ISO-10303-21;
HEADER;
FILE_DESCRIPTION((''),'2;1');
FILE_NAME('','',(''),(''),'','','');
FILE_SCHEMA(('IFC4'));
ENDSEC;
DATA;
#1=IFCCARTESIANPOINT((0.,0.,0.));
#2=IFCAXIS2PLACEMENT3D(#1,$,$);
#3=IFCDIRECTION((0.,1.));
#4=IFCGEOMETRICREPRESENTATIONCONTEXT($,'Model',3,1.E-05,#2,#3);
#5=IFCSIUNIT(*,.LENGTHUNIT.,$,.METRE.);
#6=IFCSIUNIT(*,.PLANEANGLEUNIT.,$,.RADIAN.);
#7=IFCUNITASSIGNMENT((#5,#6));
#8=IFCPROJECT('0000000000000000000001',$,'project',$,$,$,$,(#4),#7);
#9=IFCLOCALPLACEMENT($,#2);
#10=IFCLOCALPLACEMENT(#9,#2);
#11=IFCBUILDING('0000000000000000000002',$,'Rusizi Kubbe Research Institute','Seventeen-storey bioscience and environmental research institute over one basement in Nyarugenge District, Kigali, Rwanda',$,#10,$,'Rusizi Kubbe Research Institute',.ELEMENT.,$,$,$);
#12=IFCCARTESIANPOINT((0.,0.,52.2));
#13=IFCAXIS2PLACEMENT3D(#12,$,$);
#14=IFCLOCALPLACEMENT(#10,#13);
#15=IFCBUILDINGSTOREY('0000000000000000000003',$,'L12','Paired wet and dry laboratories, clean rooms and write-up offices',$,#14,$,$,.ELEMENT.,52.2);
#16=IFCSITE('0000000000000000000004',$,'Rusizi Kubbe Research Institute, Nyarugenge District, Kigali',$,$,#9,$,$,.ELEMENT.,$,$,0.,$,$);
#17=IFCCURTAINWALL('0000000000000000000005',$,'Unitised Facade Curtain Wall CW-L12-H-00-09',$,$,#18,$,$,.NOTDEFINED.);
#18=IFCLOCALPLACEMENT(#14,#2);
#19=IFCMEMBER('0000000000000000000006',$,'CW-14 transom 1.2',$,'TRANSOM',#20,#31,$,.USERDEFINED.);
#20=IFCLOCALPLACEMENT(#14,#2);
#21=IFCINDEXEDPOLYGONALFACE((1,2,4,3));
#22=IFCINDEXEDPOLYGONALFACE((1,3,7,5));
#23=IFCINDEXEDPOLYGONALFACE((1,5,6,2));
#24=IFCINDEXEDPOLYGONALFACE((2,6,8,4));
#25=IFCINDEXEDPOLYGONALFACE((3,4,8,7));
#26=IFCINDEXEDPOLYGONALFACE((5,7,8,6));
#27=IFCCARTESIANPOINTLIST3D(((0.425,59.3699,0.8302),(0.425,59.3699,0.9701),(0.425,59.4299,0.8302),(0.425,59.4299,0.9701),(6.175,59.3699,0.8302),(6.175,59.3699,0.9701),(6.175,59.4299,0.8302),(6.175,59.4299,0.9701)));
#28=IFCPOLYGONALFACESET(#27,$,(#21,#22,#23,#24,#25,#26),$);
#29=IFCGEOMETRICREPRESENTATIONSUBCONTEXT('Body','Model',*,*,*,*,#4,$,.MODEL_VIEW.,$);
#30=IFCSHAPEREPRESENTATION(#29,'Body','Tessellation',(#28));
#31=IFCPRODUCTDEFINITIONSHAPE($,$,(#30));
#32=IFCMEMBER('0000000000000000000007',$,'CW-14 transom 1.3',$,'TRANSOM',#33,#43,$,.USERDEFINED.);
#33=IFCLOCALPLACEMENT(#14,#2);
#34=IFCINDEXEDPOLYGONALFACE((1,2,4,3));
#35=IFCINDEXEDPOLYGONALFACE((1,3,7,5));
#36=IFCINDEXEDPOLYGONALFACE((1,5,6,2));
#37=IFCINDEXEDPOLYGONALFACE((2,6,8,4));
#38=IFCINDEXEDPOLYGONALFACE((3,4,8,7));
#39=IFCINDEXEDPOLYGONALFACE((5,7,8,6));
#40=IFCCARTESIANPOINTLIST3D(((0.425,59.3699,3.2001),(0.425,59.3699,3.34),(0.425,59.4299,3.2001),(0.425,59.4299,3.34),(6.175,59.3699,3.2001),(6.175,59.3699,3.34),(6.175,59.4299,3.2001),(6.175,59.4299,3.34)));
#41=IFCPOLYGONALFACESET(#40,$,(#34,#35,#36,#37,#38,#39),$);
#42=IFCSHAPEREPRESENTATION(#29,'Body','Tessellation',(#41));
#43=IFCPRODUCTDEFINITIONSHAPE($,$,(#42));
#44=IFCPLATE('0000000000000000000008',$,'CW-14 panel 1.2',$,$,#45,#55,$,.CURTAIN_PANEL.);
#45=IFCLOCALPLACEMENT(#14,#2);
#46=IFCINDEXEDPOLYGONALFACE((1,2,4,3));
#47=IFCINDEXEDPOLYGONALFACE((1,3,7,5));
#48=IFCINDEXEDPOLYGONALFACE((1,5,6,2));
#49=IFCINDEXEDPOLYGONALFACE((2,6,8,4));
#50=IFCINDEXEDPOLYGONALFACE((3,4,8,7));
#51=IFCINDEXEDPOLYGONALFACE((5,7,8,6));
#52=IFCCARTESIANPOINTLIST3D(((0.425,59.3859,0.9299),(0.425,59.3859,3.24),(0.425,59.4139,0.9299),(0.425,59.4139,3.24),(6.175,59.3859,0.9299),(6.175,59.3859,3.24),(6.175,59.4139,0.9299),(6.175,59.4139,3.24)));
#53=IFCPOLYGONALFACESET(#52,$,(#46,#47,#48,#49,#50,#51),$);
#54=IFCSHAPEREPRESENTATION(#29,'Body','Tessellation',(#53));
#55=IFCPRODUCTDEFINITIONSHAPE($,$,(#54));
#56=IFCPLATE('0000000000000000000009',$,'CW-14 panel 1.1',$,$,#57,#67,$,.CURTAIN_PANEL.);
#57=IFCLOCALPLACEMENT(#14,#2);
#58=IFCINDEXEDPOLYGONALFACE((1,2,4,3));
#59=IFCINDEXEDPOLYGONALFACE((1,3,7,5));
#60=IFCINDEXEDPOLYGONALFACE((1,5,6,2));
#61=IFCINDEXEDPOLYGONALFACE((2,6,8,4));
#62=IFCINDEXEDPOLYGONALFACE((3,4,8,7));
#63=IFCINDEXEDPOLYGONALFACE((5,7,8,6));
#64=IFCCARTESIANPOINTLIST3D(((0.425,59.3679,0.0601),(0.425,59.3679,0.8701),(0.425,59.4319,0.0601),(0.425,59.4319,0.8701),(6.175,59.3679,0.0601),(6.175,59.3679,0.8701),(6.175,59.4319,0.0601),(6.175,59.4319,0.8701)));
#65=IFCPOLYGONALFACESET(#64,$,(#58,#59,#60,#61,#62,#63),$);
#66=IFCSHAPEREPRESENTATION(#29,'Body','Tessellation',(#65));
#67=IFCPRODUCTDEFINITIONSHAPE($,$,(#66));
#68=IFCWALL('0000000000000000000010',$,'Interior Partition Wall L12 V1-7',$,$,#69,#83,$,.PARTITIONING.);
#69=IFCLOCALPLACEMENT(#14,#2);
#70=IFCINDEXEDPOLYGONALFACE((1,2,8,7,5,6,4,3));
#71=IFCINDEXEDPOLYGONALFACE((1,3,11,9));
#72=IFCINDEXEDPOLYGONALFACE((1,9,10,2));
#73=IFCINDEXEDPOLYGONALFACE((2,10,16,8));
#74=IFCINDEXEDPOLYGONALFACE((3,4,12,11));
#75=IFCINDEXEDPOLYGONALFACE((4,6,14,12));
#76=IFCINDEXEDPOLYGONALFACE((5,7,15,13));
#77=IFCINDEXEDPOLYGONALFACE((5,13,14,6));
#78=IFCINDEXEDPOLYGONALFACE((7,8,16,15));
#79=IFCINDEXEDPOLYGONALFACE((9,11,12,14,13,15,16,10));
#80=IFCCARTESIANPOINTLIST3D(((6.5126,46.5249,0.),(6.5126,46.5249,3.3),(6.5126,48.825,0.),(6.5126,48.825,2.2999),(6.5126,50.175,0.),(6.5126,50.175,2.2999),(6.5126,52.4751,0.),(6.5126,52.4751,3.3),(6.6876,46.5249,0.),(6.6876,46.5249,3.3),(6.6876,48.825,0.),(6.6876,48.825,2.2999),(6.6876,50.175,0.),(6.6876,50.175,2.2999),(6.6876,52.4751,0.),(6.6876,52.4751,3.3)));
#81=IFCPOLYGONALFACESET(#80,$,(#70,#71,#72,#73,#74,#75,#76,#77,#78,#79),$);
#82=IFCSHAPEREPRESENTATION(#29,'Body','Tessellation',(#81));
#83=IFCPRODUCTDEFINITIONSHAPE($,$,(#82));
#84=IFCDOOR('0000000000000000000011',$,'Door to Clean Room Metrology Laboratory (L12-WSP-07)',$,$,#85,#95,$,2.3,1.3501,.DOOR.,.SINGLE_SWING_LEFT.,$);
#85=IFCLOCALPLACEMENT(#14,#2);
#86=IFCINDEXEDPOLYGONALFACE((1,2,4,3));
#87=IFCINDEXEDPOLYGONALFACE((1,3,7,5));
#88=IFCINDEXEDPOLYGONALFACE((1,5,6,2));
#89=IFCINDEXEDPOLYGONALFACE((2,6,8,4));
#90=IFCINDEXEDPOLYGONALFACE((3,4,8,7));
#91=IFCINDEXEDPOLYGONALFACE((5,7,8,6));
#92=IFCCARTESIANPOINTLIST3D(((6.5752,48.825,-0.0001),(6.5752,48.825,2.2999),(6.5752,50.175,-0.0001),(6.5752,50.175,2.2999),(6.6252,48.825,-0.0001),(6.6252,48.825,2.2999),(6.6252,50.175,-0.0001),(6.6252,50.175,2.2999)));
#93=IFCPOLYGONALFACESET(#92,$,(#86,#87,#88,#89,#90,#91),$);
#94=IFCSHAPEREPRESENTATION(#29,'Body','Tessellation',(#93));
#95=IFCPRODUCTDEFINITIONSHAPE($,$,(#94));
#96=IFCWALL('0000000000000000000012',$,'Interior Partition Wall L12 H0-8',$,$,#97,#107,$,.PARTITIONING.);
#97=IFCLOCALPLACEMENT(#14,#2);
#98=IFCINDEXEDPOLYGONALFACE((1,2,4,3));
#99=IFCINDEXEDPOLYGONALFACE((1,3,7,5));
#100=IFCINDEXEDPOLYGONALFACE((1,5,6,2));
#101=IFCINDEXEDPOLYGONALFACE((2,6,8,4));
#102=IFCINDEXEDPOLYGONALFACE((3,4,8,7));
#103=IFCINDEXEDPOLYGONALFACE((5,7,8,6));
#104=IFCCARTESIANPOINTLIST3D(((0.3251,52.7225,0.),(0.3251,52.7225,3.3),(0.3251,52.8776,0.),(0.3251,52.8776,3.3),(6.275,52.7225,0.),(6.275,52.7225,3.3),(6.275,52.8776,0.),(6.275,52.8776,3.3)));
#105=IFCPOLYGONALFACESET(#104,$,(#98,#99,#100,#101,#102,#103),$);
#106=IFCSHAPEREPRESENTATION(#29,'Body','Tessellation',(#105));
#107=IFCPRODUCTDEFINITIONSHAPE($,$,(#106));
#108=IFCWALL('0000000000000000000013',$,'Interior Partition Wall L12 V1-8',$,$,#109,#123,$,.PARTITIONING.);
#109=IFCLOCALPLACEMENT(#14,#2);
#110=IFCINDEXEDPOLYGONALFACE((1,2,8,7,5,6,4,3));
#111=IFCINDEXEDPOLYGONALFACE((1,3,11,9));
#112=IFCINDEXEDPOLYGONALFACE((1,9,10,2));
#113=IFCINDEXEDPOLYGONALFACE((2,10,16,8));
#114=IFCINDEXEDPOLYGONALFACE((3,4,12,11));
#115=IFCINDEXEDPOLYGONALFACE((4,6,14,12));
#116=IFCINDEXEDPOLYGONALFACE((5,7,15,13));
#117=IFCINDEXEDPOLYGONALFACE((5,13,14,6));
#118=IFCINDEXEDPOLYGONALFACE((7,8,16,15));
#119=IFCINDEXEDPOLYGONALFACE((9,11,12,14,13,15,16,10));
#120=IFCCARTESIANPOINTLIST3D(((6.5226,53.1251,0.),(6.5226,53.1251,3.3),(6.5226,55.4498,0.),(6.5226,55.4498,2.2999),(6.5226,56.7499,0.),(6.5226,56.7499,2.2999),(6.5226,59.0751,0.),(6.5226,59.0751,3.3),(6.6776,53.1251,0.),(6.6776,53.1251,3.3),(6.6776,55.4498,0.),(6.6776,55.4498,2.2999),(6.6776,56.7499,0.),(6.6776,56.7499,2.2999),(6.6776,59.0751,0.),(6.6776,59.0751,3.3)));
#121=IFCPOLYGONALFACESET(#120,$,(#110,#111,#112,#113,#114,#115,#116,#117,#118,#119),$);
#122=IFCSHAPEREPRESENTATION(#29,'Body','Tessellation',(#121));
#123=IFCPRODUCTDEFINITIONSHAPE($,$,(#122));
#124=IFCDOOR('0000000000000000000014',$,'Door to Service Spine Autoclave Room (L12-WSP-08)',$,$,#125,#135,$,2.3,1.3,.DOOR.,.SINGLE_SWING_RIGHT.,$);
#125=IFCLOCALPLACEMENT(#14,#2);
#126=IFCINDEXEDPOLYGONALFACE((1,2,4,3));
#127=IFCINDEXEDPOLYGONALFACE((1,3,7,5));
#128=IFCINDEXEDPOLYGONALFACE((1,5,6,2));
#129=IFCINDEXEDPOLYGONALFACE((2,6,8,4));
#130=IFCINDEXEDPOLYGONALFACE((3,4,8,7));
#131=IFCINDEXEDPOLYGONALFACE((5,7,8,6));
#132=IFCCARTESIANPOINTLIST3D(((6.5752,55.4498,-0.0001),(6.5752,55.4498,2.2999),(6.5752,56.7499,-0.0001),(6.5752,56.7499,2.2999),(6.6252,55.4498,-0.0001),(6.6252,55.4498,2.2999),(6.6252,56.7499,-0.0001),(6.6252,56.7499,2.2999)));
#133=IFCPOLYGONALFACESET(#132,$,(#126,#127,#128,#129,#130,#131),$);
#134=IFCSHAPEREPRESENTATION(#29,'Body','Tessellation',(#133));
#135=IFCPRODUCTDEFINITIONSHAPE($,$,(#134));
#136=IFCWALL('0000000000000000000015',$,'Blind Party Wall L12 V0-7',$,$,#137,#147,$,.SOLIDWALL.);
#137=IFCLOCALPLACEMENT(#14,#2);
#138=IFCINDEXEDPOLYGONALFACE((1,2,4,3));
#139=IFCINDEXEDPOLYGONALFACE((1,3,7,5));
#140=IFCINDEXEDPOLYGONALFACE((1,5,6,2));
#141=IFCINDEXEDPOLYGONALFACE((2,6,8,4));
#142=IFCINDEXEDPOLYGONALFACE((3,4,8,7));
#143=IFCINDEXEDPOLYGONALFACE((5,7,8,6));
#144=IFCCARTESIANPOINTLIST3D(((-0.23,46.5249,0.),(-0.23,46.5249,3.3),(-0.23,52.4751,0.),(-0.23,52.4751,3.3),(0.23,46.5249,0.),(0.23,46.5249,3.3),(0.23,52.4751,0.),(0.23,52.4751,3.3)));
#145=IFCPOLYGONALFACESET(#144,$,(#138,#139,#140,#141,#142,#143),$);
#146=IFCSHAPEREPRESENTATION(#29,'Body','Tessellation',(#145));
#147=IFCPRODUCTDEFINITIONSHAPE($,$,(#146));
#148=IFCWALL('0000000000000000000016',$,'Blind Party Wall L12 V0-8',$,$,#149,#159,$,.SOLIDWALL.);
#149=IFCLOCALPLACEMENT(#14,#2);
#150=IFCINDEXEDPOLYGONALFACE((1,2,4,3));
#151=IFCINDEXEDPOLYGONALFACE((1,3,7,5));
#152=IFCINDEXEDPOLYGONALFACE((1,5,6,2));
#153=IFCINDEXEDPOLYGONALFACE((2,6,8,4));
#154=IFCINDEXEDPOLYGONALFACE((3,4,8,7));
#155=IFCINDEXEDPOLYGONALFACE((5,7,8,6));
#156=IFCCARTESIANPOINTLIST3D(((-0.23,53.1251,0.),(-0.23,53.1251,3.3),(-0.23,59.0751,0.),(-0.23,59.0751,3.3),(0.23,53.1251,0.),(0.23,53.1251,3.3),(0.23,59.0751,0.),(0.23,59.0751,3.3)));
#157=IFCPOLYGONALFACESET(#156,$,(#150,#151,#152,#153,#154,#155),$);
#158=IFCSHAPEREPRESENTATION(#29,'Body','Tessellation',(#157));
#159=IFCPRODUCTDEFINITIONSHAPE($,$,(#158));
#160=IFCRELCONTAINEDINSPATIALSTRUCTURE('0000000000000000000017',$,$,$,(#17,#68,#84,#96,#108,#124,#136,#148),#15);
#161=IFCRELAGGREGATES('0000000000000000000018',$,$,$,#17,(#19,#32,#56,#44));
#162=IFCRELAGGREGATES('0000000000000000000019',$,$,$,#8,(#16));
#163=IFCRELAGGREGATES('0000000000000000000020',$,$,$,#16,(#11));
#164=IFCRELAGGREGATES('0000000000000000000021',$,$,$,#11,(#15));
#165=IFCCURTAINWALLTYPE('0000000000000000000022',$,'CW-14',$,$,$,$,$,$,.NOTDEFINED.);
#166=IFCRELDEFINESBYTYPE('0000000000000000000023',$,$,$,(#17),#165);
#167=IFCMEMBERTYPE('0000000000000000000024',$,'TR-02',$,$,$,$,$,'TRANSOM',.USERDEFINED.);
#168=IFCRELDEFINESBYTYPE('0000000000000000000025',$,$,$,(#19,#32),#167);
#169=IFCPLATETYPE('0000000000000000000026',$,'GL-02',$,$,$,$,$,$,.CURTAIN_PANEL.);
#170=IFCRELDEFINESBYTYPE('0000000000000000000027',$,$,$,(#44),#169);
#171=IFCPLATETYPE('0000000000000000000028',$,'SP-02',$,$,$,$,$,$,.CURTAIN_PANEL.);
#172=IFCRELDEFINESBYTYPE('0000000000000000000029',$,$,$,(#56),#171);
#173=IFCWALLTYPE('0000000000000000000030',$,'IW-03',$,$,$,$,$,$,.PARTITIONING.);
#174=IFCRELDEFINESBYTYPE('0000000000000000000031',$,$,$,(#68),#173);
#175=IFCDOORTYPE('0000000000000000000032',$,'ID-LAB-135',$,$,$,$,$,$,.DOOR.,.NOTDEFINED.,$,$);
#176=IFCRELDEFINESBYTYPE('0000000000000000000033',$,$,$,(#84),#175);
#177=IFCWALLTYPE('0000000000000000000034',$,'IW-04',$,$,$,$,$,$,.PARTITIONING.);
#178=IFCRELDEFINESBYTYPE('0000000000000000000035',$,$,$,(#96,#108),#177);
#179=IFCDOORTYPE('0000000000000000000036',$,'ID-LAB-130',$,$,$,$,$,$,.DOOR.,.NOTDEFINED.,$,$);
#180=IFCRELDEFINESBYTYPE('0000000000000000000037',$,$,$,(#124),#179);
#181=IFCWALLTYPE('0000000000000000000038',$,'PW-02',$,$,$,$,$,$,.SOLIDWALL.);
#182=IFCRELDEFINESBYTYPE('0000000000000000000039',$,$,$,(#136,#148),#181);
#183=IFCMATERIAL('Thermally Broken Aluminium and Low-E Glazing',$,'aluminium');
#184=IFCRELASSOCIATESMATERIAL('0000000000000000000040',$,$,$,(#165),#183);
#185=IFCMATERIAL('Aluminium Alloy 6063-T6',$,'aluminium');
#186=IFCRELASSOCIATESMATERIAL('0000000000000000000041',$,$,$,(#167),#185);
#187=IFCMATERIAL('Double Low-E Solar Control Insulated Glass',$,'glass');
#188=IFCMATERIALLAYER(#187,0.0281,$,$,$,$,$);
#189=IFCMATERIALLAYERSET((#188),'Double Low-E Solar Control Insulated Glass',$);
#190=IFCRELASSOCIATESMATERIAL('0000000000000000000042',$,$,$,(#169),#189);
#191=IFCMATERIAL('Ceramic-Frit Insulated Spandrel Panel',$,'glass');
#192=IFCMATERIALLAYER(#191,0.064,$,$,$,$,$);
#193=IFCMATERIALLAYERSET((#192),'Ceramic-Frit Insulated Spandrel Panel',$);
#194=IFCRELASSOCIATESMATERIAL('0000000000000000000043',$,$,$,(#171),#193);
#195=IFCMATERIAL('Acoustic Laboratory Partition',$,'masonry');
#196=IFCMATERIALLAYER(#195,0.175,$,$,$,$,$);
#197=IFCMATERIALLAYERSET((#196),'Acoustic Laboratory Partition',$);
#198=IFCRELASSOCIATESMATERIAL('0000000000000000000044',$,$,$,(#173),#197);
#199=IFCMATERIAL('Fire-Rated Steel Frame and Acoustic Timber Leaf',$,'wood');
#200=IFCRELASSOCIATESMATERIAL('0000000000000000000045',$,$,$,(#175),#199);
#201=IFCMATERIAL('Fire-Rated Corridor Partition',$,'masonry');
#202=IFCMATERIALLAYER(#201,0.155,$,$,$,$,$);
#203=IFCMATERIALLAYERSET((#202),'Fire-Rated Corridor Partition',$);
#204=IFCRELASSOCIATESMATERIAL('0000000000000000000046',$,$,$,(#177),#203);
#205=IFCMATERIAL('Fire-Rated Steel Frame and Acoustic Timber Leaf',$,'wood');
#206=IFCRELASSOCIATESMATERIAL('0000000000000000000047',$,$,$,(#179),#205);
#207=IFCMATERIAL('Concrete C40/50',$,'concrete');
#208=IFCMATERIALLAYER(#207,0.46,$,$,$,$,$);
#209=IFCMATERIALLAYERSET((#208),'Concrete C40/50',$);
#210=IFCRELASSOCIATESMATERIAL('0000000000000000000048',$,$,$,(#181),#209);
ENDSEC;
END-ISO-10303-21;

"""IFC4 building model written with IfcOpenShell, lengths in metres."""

from ifc_helpers import new_model, si_unit, direction, frame, frame_2d, origin, origin_2d, place, context, subcontext, project, spatial, rectangle, extrude, material, layer, layer_set, material_profile, profile_set, type_object, element, fill, aggregate, save


model = new_model("IFC4")

# Units and contexts
model_context = context("Model", 3, precision=1e-05, world=origin(), true_north=direction((0.0, 1.0)))
body_context = subcontext(model_context, "Body", "Model", "MODEL_VIEW")
ifc_project = project(units=[si_unit("LENGTHUNIT", "METRE"), si_unit("PLANEANGLEUNIT", "RADIAN")], contexts=[model_context])

# Site, building, storey
site_placement = place(None, origin())
site = spatial("IfcSite", under=ifc_project, at=site_placement, Name="Rusizi Kubbe Research Institute, Nyarugenge District, Kigali", CompositionType="ELEMENT", RefElevation=0.0)
building_placement = place(site_placement, origin())
building = spatial("IfcBuilding", under=site, at=building_placement, Name="Rusizi Kubbe Research Institute", Description="Seventeen-storey bioscience and environmental research institute over one basement in Nyarugenge District, Kigali, Rwanda", LongName="Rusizi Kubbe Research Institute", CompositionType="ELEMENT")
storey_placement = place(building_placement, frame((0.0, 0.0, 52.2)))
storey = spatial("IfcBuildingStorey", under=building, at=storey_placement, Name="L12", Description="Paired wet and dry laboratories, clean rooms and write-up offices", CompositionType="ELEMENT", Elevation=52.2)

# Curtain wall, members, plates
ifc_material_1 = material(Name="Thermally Broken Aluminium and Low-E Glazing", Category="aluminium")
curtain_wall_type = type_object("IfcCurtainWallType", Name="CW-14", PredefinedType="NOTDEFINED", material=ifc_material_1)
curtain_wall_placement = place(storey_placement, origin())
curtain_wall = element("IfcCurtainWall", 1, at=curtain_wall_placement, inside=storey, type_object=curtain_wall_type, Name="Unitised Facade Curtain Wall CW-L12-H-00-09", PredefinedType="NOTDEFINED")
ifc_material_2 = material(Name="Aluminium Alloy 6063-T6", Category="aluminium")
ifc_material_profile_1 = material_profile(ifc_material_2, rectangle(XDim=0.0601, YDim=0.1399, at=origin_2d()), Name="ALU-T 60x140")
ifc_profile_set_1 = profile_set([ifc_material_profile_1], Name="Aluminium Alloy 6063-T6")
member_type_1 = type_object("IfcMemberType", Name="TR-02", ElementType="TRANSOM", PredefinedType="USERDEFINED", material=ifc_profile_set_1)
member_1_placement = place(storey_placement, frame((0.425, 59.3999, 0.9001), z_axis=(1.0, 0.0, 0.0), x_axis=(0.0, 1.0, 0.0)))
member_1 = element("IfcMember", 2, at=member_1_placement, type_object=member_type_1, Name="CW-14 transom 1.2", ObjectType="TRANSOM", PredefinedType="USERDEFINED", context=body_context, shape_type="SweptSolid", body=[
    extrude(rectangle(XDim=0.0601, YDim=0.1399, at=origin_2d()), origin(), (0.0, 0.0, 1.0), 5.75),
])
member_2_placement = place(storey_placement, frame((0.425, 59.3999, 3.27), z_axis=(1.0, 0.0, 0.0), x_axis=(0.0, 1.0, 0.0)))
member_2 = element("IfcMember", 3, at=member_2_placement, type_object=member_type_1, Name="CW-14 transom 1.3", ObjectType="TRANSOM", PredefinedType="USERDEFINED", context=body_context, shape_type="SweptSolid", body=[
    extrude(rectangle(XDim=0.0601, YDim=0.1399, at=origin_2d()), origin(), (0.0, 0.0, 1.0), 5.75),
])
ifc_material_3 = material(Name="Double Low-E Solar Control Insulated Glass", Category="glass")
ifc_layer_1 = layer(ifc_material_3, 0.0281)
ifc_layer_set_1 = layer_set([ifc_layer_1], Name="Double Low-E Solar Control Insulated Glass")
plate_type_1 = type_object("IfcPlateType", Name="GL-02", PredefinedType="CURTAIN_PANEL", material=ifc_layer_set_1)
plate_1_placement = place(storey_placement, frame((3.3, 59.3999, 0.9299), z_axis=(0.0, 0.0, 1.0), x_axis=(1.0, 0.0, 0.0)))
plate_1 = element("IfcPlate", 4, at=plate_1_placement, type_object=plate_type_1, Name="CW-14 panel 1.2", PredefinedType="CURTAIN_PANEL", context=body_context, shape_type="SweptSolid", body=[
    extrude(rectangle(XDim=5.75, YDim=0.0281, at=origin_2d()), origin(), (0.0, 0.0, 1.0), 2.3101),
])
ifc_material_4 = material(Name="Ceramic-Frit Insulated Spandrel Panel", Category="glass")
ifc_layer_2 = layer(ifc_material_4, 0.064)
ifc_layer_set_2 = layer_set([ifc_layer_2], Name="Ceramic-Frit Insulated Spandrel Panel")
plate_type_2 = type_object("IfcPlateType", Name="SP-02", PredefinedType="CURTAIN_PANEL", material=ifc_layer_set_2)
plate_2_placement = place(storey_placement, frame((3.3, 59.3999, 0.0601), z_axis=(0.0, 0.0, 1.0), x_axis=(1.0, 0.0, 0.0)))
plate_2 = element("IfcPlate", 5, at=plate_2_placement, type_object=plate_type_2, Name="CW-14 panel 1.1", PredefinedType="CURTAIN_PANEL", context=body_context, shape_type="SweptSolid", body=[
    extrude(rectangle(XDim=5.75, YDim=0.064, at=origin_2d()), origin(), (0.0, 0.0, 1.0), 0.8101),
])
aggregate(curtain_wall, [member_1, member_2, plate_2, plate_1])

# Wall, opening, door
ifc_material_5 = material(Name="Acoustic Laboratory Partition", Category="masonry")
ifc_layer_3 = layer(ifc_material_5, 0.175)
ifc_layer_set_3 = layer_set([ifc_layer_3], Name="Acoustic Laboratory Partition")
wall_type_1 = type_object("IfcWallType", Name="IW-03", PredefinedType="PARTITIONING", material=ifc_layer_set_3)
wall_1_placement = place(storey_placement, frame((6.6001, 46.5249, 0.0), z_axis=(0.0, 0.0, 1.0), x_axis=(0.0, 1.0, 0.0)))
wall_1 = element("IfcWall", 6, at=wall_1_placement, inside=storey, type_object=wall_type_1, Name="Interior Partition Wall L12 V1-7", PredefinedType="PARTITIONING", context=body_context, shape_type="SweptSolid", body=[
    extrude(rectangle(XDim=5.9502, YDim=0.175, at=frame_2d((2.9751, 0.0))), origin(), (0.0, 0.0, 1.0), 3.3),
])
opening_1_placement = place(wall_1_placement, frame((2.3, 0.0, 0.0)))
opening_1 = element("IfcOpeningElement", 7, at=opening_1_placement, cuts=wall_1, PredefinedType="OPENING", context=body_context, shape_type="SweptSolid", body=[
    extrude(rectangle(XDim=1.3501, YDim=2.3, at=frame_2d((0.675, 1.1499))), frame((0.0, 0.0974, 0.0), z_axis=(0.0, -1.0, 0.0), x_axis=(1.0, 0.0, 0.0)), (0.0, 0.0, 1.0), 0.1951),
])
ifc_material_6 = material(Name="Fire-Rated Steel Frame and Acoustic Timber Leaf", Category="wood")
door_type_1 = type_object("IfcDoorType", Name="ID-LAB-135", OperationType="NOTDEFINED", PredefinedType="DOOR", material=ifc_material_6)
door_1_placement = place(opening_1_placement, origin())
door_1 = element("IfcDoor", 8, at=door_1_placement, inside=storey, type_object=door_type_1, Name="Door to Clean Room Metrology Laboratory (L12-WSP-07)", OperationType="SINGLE_SWING_LEFT", OverallHeight=2.3, OverallWidth=1.3501, PredefinedType="DOOR", context=body_context, shape_type="SweptSolid", body=[
    extrude(rectangle(XDim=1.3501, YDim=2.3, at=frame_2d((0.675, 1.1499))), frame((0.0, 0.0249, 0.0), z_axis=(0.0, -1.0, 0.0), x_axis=(1.0, 0.0, 0.0)), (0.0, 0.0, 1.0), 0.05),
])
fill(opening_1, door_1)

# Wall
ifc_material_7 = material(Name="Fire-Rated Corridor Partition", Category="masonry")
ifc_layer_4 = layer(ifc_material_7, 0.155)
ifc_layer_set_4 = layer_set([ifc_layer_4], Name="Fire-Rated Corridor Partition")
wall_type_2 = type_object("IfcWallType", Name="IW-04", PredefinedType="PARTITIONING", material=ifc_layer_set_4)
wall_2_placement = place(storey_placement, frame((0.325, 52.8, 0.0), z_axis=(0.0, 0.0, 1.0), x_axis=(1.0, 0.0, 0.0)))
element("IfcWall", 9, at=wall_2_placement, inside=storey, type_object=wall_type_2, Name="Interior Partition Wall L12 H0-8", PredefinedType="PARTITIONING", context=body_context, shape_type="SweptSolid", body=[
    extrude(rectangle(XDim=5.95, YDim=0.155, at=frame_2d((2.9751, 0.0))), origin(), (0.0, 0.0, 1.0), 3.3),
])

# Wall, opening, door
wall_3_placement = place(storey_placement, frame((6.6001, 53.125, 0.0), z_axis=(0.0, 0.0, 1.0), x_axis=(0.0, 1.0, 0.0)))
wall_3 = element("IfcWall", 10, at=wall_3_placement, inside=storey, type_object=wall_type_2, Name="Interior Partition Wall L12 V1-8", PredefinedType="PARTITIONING", context=body_context, shape_type="SweptSolid", body=[
    extrude(rectangle(XDim=5.95, YDim=0.155, at=frame_2d((2.9751, 0.0))), origin(), (0.0, 0.0, 1.0), 3.3),
])
opening_2_placement = place(wall_3_placement, frame((2.325, 0.0, 0.0)))
opening_2 = element("IfcOpeningElement", 11, at=opening_2_placement, cuts=wall_3, PredefinedType="OPENING", context=body_context, shape_type="SweptSolid", body=[
    extrude(rectangle(XDim=1.3, YDim=2.3, at=frame_2d((0.6499, 1.1499))), frame((0.0, 0.0874, 0.0), z_axis=(0.0, -1.0, 0.0), x_axis=(1.0, 0.0, 0.0)), (0.0, 0.0, 1.0), 0.175),
])
ifc_material_8 = material(Name="Fire-Rated Steel Frame and Acoustic Timber Leaf", Category="wood")
door_type_2 = type_object("IfcDoorType", Name="ID-LAB-130", OperationType="NOTDEFINED", PredefinedType="DOOR", material=ifc_material_8)
door_2_placement = place(opening_2_placement, origin())
door_2 = element("IfcDoor", 12, at=door_2_placement, inside=storey, type_object=door_type_2, Name="Door to Service Spine Autoclave Room (L12-WSP-08)", OperationType="SINGLE_SWING_RIGHT", OverallHeight=2.3, OverallWidth=1.3, PredefinedType="DOOR", context=body_context, shape_type="SweptSolid", body=[
    extrude(rectangle(XDim=1.3, YDim=2.3, at=frame_2d((0.6499, 1.1499))), frame((0.0, 0.0249, 0.0), z_axis=(0.0, -1.0, 0.0), x_axis=(1.0, 0.0, 0.0)), (0.0, 0.0, 1.0), 0.05),
])
fill(opening_2, door_2)

# Walls
ifc_material_9 = material(Name="Concrete C40/50", Category="concrete")
ifc_layer_5 = layer(ifc_material_9, 0.46)
ifc_layer_set_5 = layer_set([ifc_layer_5], Name="Concrete C40/50")
wall_type_3 = type_object("IfcWallType", Name="PW-02", PredefinedType="SOLIDWALL", material=ifc_layer_set_5)
wall_4_placement = place(storey_placement, frame((0.0, 46.5249, 0.0), z_axis=(0.0, 0.0, 1.0), x_axis=(0.0, 1.0, 0.0)))
element("IfcWall", 13, at=wall_4_placement, inside=storey, type_object=wall_type_3, Name="Blind Party Wall L12 V0-7", PredefinedType="SOLIDWALL", context=body_context, shape_type="SweptSolid", body=[
    extrude(rectangle(XDim=5.9502, YDim=0.46, at=frame_2d((2.9751, 0.0))), origin(), (0.0, 0.0, 1.0), 3.3),
])
wall_5_placement = place(storey_placement, frame((0.0, 53.125, 0.0), z_axis=(0.0, 0.0, 1.0), x_axis=(0.0, 1.0, 0.0)))
element("IfcWall", 14, at=wall_5_placement, inside=storey, type_object=wall_type_3, Name="Blind Party Wall L12 V0-8", PredefinedType="SOLIDWALL", context=body_context, shape_type="SweptSolid", body=[
    extrude(rectangle(XDim=5.95, YDim=0.46, at=frame_2d((2.9751, 0.0))), origin(), (0.0, 0.0, 1.0), 3.3),
])

save(model, "model.ifc")
